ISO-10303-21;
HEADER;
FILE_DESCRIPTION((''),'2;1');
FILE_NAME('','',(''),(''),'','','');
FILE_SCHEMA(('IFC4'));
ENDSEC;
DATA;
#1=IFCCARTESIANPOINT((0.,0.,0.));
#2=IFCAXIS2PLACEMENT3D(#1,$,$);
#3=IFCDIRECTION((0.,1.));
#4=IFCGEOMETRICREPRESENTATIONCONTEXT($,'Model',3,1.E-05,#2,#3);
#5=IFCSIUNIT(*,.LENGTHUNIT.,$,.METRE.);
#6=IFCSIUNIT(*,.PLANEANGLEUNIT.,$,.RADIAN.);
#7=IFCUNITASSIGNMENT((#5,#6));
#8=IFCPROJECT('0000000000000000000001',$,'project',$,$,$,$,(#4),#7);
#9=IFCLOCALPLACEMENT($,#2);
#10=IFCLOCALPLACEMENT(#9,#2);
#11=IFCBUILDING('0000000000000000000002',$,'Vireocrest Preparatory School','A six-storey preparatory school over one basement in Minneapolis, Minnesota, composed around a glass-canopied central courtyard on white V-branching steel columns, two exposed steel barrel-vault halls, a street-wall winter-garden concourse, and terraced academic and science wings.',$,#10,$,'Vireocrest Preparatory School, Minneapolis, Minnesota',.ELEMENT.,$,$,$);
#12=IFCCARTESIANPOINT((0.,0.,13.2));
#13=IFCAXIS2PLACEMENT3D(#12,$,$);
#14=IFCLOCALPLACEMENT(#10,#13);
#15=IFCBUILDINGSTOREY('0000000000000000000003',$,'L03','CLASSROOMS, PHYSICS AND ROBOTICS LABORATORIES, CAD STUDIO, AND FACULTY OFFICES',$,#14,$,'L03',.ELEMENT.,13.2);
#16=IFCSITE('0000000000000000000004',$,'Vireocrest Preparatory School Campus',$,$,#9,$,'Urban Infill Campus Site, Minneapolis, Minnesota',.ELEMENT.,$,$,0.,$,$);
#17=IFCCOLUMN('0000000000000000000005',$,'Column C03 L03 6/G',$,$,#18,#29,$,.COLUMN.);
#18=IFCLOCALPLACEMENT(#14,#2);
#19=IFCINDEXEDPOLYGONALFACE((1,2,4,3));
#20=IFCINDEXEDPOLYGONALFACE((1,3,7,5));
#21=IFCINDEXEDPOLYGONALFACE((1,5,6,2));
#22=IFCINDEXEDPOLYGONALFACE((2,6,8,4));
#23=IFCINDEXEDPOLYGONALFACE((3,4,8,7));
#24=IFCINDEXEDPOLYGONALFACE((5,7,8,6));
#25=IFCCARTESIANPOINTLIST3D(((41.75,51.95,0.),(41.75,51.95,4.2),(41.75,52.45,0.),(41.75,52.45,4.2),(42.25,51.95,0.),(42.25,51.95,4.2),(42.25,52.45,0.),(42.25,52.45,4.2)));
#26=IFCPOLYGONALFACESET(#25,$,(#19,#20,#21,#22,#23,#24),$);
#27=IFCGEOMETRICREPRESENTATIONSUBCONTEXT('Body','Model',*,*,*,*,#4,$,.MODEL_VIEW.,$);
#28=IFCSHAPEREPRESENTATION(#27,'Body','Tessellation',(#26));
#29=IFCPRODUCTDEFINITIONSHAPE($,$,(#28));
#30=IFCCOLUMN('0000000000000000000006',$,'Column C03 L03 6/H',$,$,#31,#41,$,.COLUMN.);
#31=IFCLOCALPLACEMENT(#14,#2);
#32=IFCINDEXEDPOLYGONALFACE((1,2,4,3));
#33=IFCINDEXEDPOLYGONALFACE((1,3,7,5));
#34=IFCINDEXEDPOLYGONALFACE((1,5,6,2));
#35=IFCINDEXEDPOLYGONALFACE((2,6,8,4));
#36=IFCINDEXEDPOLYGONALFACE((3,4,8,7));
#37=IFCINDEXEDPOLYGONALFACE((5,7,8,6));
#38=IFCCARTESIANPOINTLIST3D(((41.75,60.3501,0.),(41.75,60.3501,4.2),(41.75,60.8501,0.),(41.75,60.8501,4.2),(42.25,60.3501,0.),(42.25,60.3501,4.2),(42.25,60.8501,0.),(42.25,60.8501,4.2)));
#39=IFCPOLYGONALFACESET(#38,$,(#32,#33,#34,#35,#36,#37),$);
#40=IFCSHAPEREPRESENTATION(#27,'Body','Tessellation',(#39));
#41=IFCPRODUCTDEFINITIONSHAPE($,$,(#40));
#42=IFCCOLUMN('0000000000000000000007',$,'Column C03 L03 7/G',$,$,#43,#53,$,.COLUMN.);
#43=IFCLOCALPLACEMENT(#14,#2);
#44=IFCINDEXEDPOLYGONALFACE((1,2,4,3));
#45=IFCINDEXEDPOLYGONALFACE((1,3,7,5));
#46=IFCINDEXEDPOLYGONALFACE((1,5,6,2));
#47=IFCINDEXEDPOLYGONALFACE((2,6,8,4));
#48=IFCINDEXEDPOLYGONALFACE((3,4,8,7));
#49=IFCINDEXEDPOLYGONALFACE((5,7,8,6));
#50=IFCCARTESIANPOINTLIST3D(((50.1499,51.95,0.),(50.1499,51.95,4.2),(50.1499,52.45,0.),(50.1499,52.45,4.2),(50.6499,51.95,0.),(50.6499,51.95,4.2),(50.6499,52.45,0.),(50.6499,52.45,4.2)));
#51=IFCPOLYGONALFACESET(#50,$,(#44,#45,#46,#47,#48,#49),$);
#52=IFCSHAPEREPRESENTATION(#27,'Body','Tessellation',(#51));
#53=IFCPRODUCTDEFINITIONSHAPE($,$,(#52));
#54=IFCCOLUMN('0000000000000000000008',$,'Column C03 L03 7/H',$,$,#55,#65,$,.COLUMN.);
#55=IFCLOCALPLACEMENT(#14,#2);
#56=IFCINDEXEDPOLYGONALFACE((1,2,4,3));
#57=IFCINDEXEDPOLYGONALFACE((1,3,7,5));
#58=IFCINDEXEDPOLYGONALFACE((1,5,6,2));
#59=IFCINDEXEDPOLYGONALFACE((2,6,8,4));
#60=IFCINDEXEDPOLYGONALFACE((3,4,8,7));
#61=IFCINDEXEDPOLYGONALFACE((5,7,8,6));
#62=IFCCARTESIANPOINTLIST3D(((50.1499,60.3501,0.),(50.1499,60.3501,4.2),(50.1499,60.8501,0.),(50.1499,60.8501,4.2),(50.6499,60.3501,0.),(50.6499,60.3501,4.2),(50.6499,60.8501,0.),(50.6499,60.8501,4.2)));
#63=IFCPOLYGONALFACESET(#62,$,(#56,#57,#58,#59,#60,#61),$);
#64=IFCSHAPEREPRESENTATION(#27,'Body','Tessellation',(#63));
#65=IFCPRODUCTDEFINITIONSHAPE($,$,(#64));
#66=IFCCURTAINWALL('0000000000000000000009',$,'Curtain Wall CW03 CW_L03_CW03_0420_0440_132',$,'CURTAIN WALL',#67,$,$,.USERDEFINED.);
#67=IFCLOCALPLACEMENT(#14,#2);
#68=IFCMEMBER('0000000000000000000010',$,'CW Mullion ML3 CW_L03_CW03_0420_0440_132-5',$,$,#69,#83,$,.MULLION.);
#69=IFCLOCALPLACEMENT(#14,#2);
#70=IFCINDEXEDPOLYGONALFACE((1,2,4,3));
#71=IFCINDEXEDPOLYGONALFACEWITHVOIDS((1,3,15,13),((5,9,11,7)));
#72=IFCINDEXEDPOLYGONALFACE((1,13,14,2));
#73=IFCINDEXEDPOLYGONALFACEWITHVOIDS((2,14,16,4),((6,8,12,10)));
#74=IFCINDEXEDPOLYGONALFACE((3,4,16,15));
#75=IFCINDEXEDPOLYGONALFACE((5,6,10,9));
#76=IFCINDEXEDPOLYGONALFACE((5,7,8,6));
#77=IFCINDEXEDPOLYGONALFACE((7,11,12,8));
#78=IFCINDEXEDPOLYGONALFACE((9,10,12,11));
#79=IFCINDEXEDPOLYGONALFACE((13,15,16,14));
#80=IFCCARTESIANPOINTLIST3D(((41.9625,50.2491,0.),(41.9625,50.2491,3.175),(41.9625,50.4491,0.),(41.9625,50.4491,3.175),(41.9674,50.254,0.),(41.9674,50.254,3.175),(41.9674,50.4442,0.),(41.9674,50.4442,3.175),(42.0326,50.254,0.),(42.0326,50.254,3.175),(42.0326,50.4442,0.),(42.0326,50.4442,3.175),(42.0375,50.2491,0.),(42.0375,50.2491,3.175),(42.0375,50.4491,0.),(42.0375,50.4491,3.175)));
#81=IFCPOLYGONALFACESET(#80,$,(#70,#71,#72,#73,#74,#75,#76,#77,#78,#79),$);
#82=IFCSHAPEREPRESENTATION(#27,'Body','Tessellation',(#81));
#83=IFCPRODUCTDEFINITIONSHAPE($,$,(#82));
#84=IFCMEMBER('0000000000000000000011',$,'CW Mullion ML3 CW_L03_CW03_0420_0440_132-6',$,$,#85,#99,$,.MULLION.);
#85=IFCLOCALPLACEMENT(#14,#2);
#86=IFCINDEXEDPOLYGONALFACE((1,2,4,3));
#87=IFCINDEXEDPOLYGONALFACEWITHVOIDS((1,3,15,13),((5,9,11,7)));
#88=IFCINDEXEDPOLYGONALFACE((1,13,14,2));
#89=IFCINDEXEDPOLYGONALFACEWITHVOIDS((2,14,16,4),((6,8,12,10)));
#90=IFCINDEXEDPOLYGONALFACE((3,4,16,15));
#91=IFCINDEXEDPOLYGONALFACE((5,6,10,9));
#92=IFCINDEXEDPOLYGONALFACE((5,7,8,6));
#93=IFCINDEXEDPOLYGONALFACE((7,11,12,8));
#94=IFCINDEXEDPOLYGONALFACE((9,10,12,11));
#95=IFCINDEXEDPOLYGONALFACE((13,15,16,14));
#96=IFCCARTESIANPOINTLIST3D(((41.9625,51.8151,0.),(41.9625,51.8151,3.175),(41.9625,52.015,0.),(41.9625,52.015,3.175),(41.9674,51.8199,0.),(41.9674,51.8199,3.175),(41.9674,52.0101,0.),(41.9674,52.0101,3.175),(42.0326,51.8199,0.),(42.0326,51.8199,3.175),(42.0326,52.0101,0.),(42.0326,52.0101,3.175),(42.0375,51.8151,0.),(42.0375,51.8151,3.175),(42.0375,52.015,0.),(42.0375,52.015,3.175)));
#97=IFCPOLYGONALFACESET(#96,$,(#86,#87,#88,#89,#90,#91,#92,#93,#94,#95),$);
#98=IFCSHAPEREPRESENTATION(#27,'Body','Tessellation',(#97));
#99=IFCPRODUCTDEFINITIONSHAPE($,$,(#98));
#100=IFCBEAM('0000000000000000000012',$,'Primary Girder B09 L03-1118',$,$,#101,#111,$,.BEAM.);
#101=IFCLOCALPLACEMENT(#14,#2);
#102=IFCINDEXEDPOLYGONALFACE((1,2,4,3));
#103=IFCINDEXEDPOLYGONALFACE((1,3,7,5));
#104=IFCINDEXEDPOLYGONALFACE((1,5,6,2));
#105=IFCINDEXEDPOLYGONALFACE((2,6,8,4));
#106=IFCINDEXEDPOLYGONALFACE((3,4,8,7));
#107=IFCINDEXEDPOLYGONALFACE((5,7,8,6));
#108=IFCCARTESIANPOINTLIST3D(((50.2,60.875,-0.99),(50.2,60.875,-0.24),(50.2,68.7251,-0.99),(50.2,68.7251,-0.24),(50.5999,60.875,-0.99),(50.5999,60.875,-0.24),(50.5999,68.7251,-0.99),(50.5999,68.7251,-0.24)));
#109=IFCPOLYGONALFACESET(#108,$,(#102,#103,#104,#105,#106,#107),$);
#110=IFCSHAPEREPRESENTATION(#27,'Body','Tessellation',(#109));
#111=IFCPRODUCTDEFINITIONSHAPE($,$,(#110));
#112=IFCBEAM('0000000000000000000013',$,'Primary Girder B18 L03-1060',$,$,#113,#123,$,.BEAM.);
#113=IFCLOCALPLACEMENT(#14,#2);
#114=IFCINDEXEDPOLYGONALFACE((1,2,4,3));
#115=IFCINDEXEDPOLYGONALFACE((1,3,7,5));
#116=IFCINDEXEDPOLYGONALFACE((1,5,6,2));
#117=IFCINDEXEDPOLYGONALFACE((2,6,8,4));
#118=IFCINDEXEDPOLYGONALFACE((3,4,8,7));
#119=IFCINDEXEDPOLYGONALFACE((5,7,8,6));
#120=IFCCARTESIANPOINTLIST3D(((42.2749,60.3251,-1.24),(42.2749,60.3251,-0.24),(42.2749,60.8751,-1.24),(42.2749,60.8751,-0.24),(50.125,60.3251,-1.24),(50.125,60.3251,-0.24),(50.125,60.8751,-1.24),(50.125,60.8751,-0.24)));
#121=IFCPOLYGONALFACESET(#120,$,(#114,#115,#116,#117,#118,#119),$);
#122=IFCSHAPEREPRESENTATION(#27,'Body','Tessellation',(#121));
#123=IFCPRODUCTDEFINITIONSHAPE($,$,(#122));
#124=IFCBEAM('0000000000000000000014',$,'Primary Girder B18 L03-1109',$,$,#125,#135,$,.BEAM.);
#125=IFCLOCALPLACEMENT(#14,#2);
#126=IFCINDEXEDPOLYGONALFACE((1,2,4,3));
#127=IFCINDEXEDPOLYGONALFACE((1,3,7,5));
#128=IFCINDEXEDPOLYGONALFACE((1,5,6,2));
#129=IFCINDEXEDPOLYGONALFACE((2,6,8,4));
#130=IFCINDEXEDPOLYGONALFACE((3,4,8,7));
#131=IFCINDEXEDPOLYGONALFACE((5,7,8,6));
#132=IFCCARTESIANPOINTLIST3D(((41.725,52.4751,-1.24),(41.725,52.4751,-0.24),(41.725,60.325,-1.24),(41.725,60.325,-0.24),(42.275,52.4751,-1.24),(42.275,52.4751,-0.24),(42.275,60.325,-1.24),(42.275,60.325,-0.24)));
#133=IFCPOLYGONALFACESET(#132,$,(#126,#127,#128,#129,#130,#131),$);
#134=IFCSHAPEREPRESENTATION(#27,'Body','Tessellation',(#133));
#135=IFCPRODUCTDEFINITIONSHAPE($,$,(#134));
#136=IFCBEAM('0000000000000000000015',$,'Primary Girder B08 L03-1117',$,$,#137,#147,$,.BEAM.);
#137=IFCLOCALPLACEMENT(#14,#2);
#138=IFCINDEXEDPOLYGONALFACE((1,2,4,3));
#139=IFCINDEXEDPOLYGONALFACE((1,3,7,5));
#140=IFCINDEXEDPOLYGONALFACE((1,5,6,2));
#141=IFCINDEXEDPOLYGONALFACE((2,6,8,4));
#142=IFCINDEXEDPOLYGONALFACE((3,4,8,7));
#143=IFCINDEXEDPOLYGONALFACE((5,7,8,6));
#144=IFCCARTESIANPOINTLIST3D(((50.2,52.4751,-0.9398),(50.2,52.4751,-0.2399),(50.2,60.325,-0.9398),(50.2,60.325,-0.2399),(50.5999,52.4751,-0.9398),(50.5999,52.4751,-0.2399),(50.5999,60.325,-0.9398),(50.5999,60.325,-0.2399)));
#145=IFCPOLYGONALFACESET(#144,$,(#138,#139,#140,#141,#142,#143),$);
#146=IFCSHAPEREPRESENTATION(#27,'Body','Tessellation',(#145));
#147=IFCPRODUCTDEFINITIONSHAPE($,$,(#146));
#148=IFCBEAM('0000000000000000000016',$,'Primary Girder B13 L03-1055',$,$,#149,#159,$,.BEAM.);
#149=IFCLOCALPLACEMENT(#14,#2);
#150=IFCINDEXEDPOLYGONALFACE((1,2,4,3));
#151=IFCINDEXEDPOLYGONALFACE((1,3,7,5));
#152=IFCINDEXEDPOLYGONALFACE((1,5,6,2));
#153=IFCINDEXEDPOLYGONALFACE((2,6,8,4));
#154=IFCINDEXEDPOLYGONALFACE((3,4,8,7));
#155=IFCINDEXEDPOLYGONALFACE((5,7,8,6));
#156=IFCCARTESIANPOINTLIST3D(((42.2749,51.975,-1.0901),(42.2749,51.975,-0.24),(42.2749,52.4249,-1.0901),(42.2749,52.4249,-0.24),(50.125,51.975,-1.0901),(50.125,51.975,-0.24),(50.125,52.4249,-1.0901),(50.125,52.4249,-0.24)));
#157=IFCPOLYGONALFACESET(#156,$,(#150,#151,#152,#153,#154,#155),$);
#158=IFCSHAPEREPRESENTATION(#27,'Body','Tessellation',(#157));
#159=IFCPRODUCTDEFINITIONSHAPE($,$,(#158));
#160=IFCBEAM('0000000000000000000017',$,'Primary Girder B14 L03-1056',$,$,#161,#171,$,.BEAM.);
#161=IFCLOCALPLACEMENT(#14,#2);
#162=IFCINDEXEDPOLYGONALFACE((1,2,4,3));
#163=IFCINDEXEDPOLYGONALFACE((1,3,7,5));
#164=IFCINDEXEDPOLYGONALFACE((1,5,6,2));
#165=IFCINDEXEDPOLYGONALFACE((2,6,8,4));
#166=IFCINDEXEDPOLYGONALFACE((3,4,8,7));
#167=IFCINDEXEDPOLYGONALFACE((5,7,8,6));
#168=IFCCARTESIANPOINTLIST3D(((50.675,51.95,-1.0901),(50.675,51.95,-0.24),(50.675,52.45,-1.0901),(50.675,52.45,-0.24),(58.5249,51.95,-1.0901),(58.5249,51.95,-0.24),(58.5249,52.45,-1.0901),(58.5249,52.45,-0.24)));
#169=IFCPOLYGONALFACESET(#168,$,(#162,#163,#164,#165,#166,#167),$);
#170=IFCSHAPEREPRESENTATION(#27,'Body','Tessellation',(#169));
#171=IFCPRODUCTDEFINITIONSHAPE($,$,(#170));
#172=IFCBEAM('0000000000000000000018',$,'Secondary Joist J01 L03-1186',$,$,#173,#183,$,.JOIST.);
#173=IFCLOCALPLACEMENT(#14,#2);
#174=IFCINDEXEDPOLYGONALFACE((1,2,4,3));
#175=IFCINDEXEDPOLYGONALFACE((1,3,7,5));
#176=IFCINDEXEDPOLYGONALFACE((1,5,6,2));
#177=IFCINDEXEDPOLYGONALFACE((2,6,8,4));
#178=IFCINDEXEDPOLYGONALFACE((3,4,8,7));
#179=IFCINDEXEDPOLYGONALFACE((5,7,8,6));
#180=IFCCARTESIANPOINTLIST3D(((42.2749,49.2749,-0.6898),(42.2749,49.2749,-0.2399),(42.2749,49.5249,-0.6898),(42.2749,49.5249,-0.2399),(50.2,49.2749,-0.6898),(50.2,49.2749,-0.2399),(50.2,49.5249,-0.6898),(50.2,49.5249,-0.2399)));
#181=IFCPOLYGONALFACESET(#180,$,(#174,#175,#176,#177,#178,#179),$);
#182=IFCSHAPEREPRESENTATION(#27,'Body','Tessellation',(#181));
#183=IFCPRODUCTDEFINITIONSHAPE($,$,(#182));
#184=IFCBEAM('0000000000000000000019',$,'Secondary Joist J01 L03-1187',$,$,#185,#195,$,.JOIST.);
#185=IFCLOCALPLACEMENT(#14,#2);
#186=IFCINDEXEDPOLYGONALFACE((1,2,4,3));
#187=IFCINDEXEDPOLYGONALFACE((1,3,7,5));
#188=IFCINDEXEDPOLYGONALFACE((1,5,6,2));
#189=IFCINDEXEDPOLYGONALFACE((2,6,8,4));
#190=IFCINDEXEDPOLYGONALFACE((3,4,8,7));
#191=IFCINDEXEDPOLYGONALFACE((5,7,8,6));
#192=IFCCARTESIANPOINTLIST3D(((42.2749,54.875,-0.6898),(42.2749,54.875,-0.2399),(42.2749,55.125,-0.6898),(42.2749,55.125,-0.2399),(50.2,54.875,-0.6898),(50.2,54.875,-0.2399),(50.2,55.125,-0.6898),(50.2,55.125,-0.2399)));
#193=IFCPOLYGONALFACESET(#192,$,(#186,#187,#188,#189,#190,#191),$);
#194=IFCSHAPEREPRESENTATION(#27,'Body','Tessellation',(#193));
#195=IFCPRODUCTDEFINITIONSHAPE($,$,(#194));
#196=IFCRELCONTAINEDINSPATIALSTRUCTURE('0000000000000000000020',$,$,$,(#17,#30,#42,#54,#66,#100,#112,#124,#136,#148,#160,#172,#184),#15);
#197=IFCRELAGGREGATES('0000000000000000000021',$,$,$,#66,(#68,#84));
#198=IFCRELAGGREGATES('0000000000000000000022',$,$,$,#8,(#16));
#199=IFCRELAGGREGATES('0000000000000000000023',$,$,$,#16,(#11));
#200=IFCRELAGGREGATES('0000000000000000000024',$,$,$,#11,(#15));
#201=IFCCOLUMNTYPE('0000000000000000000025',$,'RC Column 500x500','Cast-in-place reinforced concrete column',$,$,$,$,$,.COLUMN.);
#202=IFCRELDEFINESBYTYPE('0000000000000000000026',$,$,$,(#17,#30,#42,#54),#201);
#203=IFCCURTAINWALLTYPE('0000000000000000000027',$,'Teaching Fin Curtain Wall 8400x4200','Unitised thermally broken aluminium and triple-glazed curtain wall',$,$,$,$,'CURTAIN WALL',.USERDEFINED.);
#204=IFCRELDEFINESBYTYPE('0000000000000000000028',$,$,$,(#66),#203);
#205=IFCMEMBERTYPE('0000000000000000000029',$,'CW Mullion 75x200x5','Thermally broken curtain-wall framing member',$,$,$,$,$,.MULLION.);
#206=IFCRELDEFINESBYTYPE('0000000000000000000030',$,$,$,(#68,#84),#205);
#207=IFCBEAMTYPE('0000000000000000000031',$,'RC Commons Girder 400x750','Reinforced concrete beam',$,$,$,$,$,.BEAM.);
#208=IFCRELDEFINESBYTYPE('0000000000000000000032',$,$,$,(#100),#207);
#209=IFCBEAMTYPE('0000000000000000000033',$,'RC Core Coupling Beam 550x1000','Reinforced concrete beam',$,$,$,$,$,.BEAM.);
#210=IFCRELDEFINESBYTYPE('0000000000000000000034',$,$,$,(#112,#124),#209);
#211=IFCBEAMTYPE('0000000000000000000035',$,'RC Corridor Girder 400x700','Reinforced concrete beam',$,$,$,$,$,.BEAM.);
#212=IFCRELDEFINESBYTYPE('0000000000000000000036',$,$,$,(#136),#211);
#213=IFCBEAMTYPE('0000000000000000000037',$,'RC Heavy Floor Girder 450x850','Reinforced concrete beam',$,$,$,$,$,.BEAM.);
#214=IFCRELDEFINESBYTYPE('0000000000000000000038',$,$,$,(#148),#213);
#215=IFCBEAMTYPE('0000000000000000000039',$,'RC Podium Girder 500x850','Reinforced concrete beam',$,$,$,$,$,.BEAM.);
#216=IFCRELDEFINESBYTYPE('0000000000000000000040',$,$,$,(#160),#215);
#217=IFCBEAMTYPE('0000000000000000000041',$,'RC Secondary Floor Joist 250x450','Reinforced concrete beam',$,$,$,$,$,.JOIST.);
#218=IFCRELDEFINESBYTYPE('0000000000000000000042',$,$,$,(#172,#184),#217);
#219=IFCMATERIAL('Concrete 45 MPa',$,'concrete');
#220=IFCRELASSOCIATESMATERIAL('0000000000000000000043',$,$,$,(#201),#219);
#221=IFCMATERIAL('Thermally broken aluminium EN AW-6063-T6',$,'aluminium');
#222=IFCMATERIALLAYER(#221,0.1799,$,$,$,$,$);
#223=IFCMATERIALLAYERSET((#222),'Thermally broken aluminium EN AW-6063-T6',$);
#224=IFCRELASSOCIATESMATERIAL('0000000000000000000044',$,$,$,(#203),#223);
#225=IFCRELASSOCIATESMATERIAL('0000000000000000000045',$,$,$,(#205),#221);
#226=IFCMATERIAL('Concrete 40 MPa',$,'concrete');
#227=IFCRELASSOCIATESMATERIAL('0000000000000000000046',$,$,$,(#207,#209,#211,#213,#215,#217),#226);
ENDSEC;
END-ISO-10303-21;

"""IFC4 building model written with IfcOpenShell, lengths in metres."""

from ifc_helpers import new_model, si_unit, direction, frame, origin, origin_2d, place, context, subcontext, project, spatial, rectangle, hollow_rectangle, extrude, material, layer, layer_set, material_profile, profile_set, type_object, element, aggregate, save


model = new_model("IFC4")

# Units and contexts
model_context = context("Model", 3, precision=1e-05, world=origin(), true_north=direction((0.0, 1.0)))
body_context = subcontext(model_context, "Body", "Model", "MODEL_VIEW")
ifc_project = project(units=[si_unit("LENGTHUNIT", "METRE"), si_unit("PLANEANGLEUNIT", "RADIAN")], contexts=[model_context])

# Site, building, storey
site_placement = place(None, origin())
site = spatial("IfcSite", under=ifc_project, at=site_placement, Name="Vireocrest Preparatory School Campus", LongName="Urban Infill Campus Site, Minneapolis, Minnesota", CompositionType="ELEMENT", RefElevation=0.0)
building_placement = place(site_placement, origin())
building = spatial("IfcBuilding", under=site, at=building_placement, Name="Vireocrest Preparatory School", Description="A six-storey preparatory school over one basement in Minneapolis, Minnesota, composed around a glass-canopied central courtyard on white V-branching steel columns, two exposed steel barrel-vault halls, a street-wall winter-garden concourse, and terraced academic and science wings.", LongName="Vireocrest Preparatory School, Minneapolis, Minnesota", CompositionType="ELEMENT")
storey_placement = place(building_placement, frame((0.0, 0.0, 13.2)))
storey = spatial("IfcBuildingStorey", under=building, at=storey_placement, Name="L03", Description="CLASSROOMS, PHYSICS AND ROBOTICS LABORATORIES, CAD STUDIO, AND FACULTY OFFICES", LongName="L03", CompositionType="ELEMENT", Elevation=13.2)

# Columns
ifc_material_1 = material(Name="Concrete 45 MPa", Category="concrete")
ifc_material_profile_1 = material_profile(ifc_material_1, rectangle(XDim=0.5, YDim=0.5, at=origin_2d()), Name="RC 500x500")
ifc_profile_set_1 = profile_set([ifc_material_profile_1], Name="Concrete 45 MPa")
column_type = type_object("IfcColumnType", Name="RC Column 500x500", Description="Cast-in-place reinforced concrete column", PredefinedType="COLUMN", material=ifc_profile_set_1)
for number, where, z_axis, x_axis, name in (
    (1, (42.0, 52.2, 0.0), (0.0, 0.0, 1.0), (1.0, 0.0, 0.0), "Column C03 L03 6/G"),
    (2, (42.0, 60.6001, 0.0), (0.0, 0.0, 1.0), (1.0, 0.0, 0.0), "Column C03 L03 6/H"),
    (3, (50.3999, 52.2, 0.0), (0.0, 0.0, 1.0), (1.0, 0.0, 0.0), "Column C03 L03 7/G"),
    (4, (50.3999, 60.6001, 0.0), (0.0, 0.0, 1.0), (1.0, 0.0, 0.0), "Column C03 L03 7/H"),
):
    element("IfcColumn", number, at=place(storey_placement, frame(where, z_axis=z_axis, x_axis=x_axis)), inside=storey, type_object=column_type, Name=name, PredefinedType="COLUMN", context=body_context, shape_type="SweptSolid", body=[
        extrude(rectangle(XDim=0.5, YDim=0.5, at=origin_2d()), origin(), (0.0, 0.0, 1.0), 4.2),
    ])

# Curtain wall, members
ifc_material_2 = material(Name="Thermally broken aluminium EN AW-6063-T6", Category="aluminium")
ifc_layer_1 = layer(ifc_material_2, 0.1799)
ifc_layer_set_1 = layer_set([ifc_layer_1], Name="Thermally broken aluminium EN AW-6063-T6")
curtain_wall_type = type_object("IfcCurtainWallType", Name="Teaching Fin Curtain Wall 8400x4200", Description="Unitised thermally broken aluminium and triple-glazed curtain wall", ElementType="CURTAIN WALL", PredefinedType="USERDEFINED", material=ifc_layer_set_1)
curtain_wall_placement = place(storey_placement, origin())
curtain_wall = element("IfcCurtainWall", 5, at=curtain_wall_placement, inside=storey, type_object=curtain_wall_type, Name="Curtain Wall CW03 CW_L03_CW03_0420_0440_132", ObjectType="CURTAIN WALL", PredefinedType="USERDEFINED")
ifc_material_profile_2 = material_profile(ifc_material_2, hollow_rectangle(XDim=0.075, YDim=0.2, WallThickness=0.0049, at=origin_2d()), Name="ALU 75x200x5")
ifc_profile_set_2 = profile_set([ifc_material_profile_2], Name="Thermally broken aluminium EN AW-6063-T6")
member_type = type_object("IfcMemberType", Name="CW Mullion 75x200x5", Description="Thermally broken curtain-wall framing member", PredefinedType="MULLION", material=ifc_profile_set_2)
member_1_placement = place(storey_placement, frame((42.0, 50.3491, 0.0), z_axis=(0.0, 0.0, 1.0), x_axis=(1.0, 0.0, 0.0)))
member_1 = element("IfcMember", 6, at=member_1_placement, type_object=member_type, Name="CW Mullion ML3 CW_L03_CW03_0420_0440_132-5", PredefinedType="MULLION", context=body_context, shape_type="SweptSolid", body=[
    extrude(hollow_rectangle(XDim=0.075, YDim=0.2, WallThickness=0.0049, at=origin_2d()), origin(), (0.0, 0.0, 1.0), 3.175),
])
member_2_placement = place(storey_placement, frame((42.0, 51.915, 0.0), z_axis=(0.0, 0.0, 1.0), x_axis=(1.0, 0.0, 0.0)))
member_2 = element("IfcMember", 7, at=member_2_placement, type_object=member_type, Name="CW Mullion ML3 CW_L03_CW03_0420_0440_132-6", PredefinedType="MULLION", context=body_context, shape_type="SweptSolid", body=[
    extrude(hollow_rectangle(XDim=0.075, YDim=0.2, WallThickness=0.0049, at=origin_2d()), origin(), (0.0, 0.0, 1.0), 3.175),
])

# Beams
ifc_material_3 = material(Name="Concrete 40 MPa", Category="concrete")
ifc_material_profile_3 = material_profile(ifc_material_3, rectangle(XDim=0.3999, YDim=0.75, at=origin_2d()), Name="RC 400x750")
ifc_profile_set_3 = profile_set([ifc_material_profile_3], Name="Concrete 40 MPa")
beam_type_1 = type_object("IfcBeamType", Name="RC Commons Girder 400x750", Description="Reinforced concrete beam", PredefinedType="BEAM", material=ifc_profile_set_3)
beam_1_placement = place(storey_placement, frame((50.3999, 60.875, -0.615), z_axis=(0.0, 1.0, 0.0), x_axis=(-1.0, 0.0, 0.0)))
element("IfcBeam", 8, at=beam_1_placement, inside=storey, type_object=beam_type_1, Name="Primary Girder B09 L03-1118", PredefinedType="BEAM", context=body_context, shape_type="SweptSolid", body=[
    extrude(rectangle(XDim=0.3999, YDim=0.75, at=origin_2d()), origin(), (0.0, 0.0, 1.0), 7.8501),
])
ifc_material_profile_4 = material_profile(ifc_material_3, rectangle(XDim=0.55, YDim=1.0, at=origin_2d()), Name="RC 550x1000")
ifc_profile_set_4 = profile_set([ifc_material_profile_4], Name="Concrete 40 MPa")
beam_type_2 = type_object("IfcBeamType", Name="RC Core Coupling Beam 550x1000", Description="Reinforced concrete beam", PredefinedType="BEAM", material=ifc_profile_set_4)
beam_2_placement = place(storey_placement, frame((42.2749, 60.6001, -0.74), z_axis=(1.0, 0.0, 0.0), x_axis=(0.0, 1.0, 0.0)))
element("IfcBeam", 9, at=beam_2_placement, inside=storey, type_object=beam_type_2, Name="Primary Girder B18 L03-1060", PredefinedType="BEAM", context=body_context, shape_type="SweptSolid", body=[
    extrude(rectangle(XDim=0.55, YDim=1.0, at=origin_2d()), origin(), (0.0, 0.0, 1.0), 7.8501),
])
beam_3_placement = place(storey_placement, frame((42.0, 52.4751, -0.74), z_axis=(0.0, 1.0, 0.0), x_axis=(-1.0, 0.0, 0.0)))
element("IfcBeam", 10, at=beam_3_placement, inside=storey, type_object=beam_type_2, Name="Primary Girder B18 L03-1109", PredefinedType="BEAM", context=body_context, shape_type="SweptSolid", body=[
    extrude(rectangle(XDim=0.55, YDim=1.0, at=origin_2d()), origin(), (0.0, 0.0, 1.0), 7.8499),
])
ifc_material_profile_5 = material_profile(ifc_material_3, rectangle(XDim=0.3999, YDim=0.7, at=origin_2d()), Name="RC 400x700")
ifc_profile_set_5 = profile_set([ifc_material_profile_5], Name="Concrete 40 MPa")
beam_type_3 = type_object("IfcBeamType", Name="RC Corridor Girder 400x700", Description="Reinforced concrete beam", PredefinedType="BEAM", material=ifc_profile_set_5)
beam_4_placement = place(storey_placement, frame((50.3999, 52.4751, -0.5898), z_axis=(0.0, 1.0, 0.0), x_axis=(-1.0, 0.0, 0.0)))
element("IfcBeam", 11, at=beam_4_placement, inside=storey, type_object=beam_type_3, Name="Primary Girder B08 L03-1117", PredefinedType="BEAM", context=body_context, shape_type="SweptSolid", body=[
    extrude(rectangle(XDim=0.3999, YDim=0.7, at=origin_2d()), origin(), (0.0, 0.0, 1.0), 7.8499),
])
ifc_material_profile_6 = material_profile(ifc_material_3, rectangle(XDim=0.45, YDim=0.8501, at=origin_2d()), Name="RC 450x850")
ifc_profile_set_6 = profile_set([ifc_material_profile_6], Name="Concrete 40 MPa")
beam_type_4 = type_object("IfcBeamType", Name="RC Heavy Floor Girder 450x850", Description="Reinforced concrete beam", PredefinedType="BEAM", material=ifc_profile_set_6)
beam_5_placement = place(storey_placement, frame((42.2749, 52.2, -0.665), z_axis=(1.0, 0.0, 0.0), x_axis=(0.0, 1.0, 0.0)))
element("IfcBeam", 12, at=beam_5_placement, inside=storey, type_object=beam_type_4, Name="Primary Girder B13 L03-1055", PredefinedType="BEAM", context=body_context, shape_type="SweptSolid", body=[
    extrude(rectangle(XDim=0.45, YDim=0.8501, at=origin_2d()), origin(), (0.0, 0.0, 1.0), 7.8501),
])
ifc_material_profile_7 = material_profile(ifc_material_3, rectangle(XDim=0.5, YDim=0.8501, at=origin_2d()), Name="RC 500x850")
ifc_profile_set_7 = profile_set([ifc_material_profile_7], Name="Concrete 40 MPa")
beam_type_5 = type_object("IfcBeamType", Name="RC Podium Girder 500x850", Description="Reinforced concrete beam", PredefinedType="BEAM", material=ifc_profile_set_7)
beam_6_placement = place(storey_placement, frame((50.675, 52.2, -0.665), z_axis=(1.0, 0.0, 0.0), x_axis=(0.0, 1.0, 0.0)))
element("IfcBeam", 13, at=beam_6_placement, inside=storey, type_object=beam_type_5, Name="Primary Girder B14 L03-1056", PredefinedType="BEAM", context=body_context, shape_type="SweptSolid", body=[
    extrude(rectangle(XDim=0.5, YDim=0.8501, at=origin_2d()), origin(), (0.0, 0.0, 1.0), 7.8499),
])
ifc_material_profile_8 = material_profile(ifc_material_3, rectangle(XDim=0.25, YDim=0.45, at=origin_2d()), Name="RC 250x450")
ifc_profile_set_8 = profile_set([ifc_material_profile_8], Name="Concrete 40 MPa")
beam_type_6 = type_object("IfcBeamType", Name="RC Secondary Floor Joist 250x450", Description="Reinforced concrete beam", PredefinedType="JOIST", material=ifc_profile_set_8)
for number, where, z_axis, x_axis, name in (
    (14, (42.2749, 49.3999, -0.4648), (1.0, 0.0, 0.0), (0.0, 1.0, 0.0), "Secondary Joist J01 L03-1186"),
    (15, (42.2749, 55.0, -0.4648), (1.0, 0.0, 0.0), (0.0, 1.0, 0.0), "Secondary Joist J01 L03-1187"),
):
    element("IfcBeam", number, at=place(storey_placement, frame(where, z_axis=z_axis, x_axis=x_axis)), inside=storey, type_object=beam_type_6, Name=name, PredefinedType="JOIST", context=body_context, shape_type="SweptSolid", body=[
        extrude(rectangle(XDim=0.25, YDim=0.45, at=origin_2d()), origin(), (0.0, 0.0, 1.0), 7.925),
    ])

aggregate(curtain_wall, [member_1, member_2])

save(model, "model.ifc")
